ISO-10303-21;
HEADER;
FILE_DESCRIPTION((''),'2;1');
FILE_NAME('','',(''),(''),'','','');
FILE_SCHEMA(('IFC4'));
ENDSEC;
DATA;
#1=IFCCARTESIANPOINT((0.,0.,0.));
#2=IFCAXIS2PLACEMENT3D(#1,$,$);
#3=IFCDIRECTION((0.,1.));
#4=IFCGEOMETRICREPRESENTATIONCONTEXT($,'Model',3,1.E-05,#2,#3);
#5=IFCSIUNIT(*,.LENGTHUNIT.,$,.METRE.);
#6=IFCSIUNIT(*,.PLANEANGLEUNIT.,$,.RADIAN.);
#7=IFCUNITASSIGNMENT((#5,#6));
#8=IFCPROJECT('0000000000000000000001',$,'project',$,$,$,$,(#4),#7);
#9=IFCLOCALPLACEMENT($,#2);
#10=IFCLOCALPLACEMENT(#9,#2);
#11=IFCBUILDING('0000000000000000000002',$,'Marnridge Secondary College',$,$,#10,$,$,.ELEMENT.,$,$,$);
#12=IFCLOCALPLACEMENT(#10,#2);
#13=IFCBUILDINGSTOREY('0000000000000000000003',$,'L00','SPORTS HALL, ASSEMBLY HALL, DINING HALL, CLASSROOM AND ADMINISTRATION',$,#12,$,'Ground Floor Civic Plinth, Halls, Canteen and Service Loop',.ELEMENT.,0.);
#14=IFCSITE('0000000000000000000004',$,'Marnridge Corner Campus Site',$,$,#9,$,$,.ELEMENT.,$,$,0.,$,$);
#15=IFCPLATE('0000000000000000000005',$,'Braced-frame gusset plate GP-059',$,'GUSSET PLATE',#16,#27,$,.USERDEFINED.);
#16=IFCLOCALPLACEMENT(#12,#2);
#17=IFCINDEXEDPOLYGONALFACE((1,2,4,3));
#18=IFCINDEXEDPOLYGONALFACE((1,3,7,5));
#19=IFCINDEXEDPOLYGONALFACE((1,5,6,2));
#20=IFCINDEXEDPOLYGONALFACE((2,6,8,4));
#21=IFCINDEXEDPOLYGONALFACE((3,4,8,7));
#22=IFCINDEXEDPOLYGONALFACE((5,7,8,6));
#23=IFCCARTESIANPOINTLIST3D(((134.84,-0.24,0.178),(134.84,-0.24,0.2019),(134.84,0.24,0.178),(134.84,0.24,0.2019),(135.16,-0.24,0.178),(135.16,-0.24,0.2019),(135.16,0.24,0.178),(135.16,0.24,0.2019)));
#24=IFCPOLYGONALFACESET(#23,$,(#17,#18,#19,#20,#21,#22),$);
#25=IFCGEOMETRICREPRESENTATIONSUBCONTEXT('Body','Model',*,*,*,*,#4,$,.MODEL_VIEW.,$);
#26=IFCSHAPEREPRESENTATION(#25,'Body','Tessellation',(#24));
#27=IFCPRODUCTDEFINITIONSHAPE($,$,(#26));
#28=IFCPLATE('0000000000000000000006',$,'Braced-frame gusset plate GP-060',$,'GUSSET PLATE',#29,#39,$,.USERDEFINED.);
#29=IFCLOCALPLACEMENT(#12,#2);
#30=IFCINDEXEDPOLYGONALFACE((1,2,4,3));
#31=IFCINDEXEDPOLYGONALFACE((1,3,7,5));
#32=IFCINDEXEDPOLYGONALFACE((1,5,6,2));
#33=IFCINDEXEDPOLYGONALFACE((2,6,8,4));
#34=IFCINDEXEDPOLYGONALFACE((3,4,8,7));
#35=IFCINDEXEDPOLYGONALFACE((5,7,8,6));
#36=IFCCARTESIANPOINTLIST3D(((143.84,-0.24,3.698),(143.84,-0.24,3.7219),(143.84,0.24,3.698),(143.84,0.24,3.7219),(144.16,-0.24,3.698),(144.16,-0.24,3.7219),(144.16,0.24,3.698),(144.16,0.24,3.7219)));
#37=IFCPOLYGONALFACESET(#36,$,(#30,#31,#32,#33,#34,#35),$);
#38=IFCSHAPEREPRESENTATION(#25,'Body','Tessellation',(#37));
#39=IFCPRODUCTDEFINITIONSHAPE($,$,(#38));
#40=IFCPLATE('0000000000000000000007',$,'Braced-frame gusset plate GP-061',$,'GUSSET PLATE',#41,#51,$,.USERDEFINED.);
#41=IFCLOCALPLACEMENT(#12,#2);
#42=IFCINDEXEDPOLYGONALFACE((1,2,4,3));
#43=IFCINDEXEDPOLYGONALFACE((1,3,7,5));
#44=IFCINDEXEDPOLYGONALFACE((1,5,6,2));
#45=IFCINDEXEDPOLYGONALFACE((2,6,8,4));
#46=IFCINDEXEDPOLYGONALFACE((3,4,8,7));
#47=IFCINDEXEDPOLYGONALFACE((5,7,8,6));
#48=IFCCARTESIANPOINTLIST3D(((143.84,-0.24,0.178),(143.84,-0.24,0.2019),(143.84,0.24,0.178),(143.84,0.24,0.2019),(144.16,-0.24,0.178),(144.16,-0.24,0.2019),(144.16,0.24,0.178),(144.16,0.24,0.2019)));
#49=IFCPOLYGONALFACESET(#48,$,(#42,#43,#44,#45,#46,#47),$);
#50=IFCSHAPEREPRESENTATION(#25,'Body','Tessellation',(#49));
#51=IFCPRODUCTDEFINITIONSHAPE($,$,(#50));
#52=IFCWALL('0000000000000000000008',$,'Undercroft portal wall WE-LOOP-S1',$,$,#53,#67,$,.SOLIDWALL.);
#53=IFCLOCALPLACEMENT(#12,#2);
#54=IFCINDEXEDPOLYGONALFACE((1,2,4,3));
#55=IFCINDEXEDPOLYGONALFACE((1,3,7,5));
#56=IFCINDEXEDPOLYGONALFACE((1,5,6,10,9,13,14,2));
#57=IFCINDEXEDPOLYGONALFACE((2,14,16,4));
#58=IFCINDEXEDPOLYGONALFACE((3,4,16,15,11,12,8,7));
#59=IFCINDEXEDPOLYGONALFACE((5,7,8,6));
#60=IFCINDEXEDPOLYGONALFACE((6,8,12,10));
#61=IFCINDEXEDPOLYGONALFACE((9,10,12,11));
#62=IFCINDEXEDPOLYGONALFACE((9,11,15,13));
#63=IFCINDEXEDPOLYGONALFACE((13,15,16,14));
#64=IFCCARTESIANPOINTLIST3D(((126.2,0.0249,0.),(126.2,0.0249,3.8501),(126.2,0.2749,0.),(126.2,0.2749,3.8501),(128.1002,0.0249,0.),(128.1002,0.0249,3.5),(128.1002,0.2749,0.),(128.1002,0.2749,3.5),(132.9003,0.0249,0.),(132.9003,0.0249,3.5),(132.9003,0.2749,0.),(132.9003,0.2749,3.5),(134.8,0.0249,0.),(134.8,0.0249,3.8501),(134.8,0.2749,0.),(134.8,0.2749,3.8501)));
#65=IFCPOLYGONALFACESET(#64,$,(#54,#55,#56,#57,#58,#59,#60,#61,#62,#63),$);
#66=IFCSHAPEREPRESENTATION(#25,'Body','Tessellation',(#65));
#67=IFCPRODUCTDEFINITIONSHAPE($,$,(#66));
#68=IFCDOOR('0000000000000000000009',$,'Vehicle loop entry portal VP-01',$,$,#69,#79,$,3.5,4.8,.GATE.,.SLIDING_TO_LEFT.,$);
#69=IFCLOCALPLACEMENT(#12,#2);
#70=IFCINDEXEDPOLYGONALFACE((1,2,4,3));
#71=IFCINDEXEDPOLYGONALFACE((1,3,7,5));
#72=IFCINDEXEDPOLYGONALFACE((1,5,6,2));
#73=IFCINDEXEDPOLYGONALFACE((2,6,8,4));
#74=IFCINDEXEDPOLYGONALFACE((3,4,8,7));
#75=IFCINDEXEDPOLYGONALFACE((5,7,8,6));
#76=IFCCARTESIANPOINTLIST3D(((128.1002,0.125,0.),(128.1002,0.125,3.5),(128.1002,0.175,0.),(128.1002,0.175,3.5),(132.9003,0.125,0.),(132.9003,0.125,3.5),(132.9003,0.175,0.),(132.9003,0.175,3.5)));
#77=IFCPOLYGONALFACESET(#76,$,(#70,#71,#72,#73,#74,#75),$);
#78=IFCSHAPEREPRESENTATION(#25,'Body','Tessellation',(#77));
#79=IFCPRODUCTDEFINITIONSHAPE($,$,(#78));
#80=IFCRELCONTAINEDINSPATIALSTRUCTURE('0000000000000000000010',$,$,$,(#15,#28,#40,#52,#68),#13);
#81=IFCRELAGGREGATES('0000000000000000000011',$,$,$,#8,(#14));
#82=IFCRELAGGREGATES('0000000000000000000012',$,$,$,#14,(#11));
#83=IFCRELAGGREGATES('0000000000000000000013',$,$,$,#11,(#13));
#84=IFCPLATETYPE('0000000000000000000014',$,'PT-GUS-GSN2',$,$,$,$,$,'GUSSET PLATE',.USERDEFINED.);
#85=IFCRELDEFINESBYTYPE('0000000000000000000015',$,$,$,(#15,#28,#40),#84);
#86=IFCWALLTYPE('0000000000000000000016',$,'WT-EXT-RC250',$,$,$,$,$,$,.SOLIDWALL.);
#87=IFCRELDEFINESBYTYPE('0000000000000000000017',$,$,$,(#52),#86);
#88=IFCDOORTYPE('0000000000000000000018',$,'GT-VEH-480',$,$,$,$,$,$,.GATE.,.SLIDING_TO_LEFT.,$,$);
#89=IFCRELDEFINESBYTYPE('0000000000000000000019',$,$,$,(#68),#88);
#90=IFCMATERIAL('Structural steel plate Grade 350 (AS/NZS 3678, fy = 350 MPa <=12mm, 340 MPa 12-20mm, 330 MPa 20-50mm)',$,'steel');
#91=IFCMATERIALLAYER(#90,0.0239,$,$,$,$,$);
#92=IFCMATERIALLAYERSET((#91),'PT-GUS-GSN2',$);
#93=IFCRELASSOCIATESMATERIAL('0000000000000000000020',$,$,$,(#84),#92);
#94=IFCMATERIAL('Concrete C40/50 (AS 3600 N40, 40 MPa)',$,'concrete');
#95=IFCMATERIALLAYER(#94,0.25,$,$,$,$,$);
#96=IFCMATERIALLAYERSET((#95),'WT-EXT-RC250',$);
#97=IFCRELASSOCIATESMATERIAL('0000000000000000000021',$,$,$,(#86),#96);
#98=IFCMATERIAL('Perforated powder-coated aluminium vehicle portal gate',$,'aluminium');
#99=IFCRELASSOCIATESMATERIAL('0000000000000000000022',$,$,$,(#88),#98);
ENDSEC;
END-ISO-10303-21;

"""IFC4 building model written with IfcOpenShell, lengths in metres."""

from ifc_helpers import new_model, si_unit, direction, frame, frame_2d, origin, origin_2d, place, context, subcontext, project, spatial, rectangle, extrude, material, layer, layer_set, type_object, element, fill, save


model = new_model("IFC4")

# Units and contexts
model_context = context("Model", 3, precision=1e-05, world=origin(), true_north=direction((0.0, 1.0)))
body_context = subcontext(model_context, "Body", "Model", "MODEL_VIEW")
ifc_project = project(units=[si_unit("LENGTHUNIT", "METRE"), si_unit("PLANEANGLEUNIT", "RADIAN")], contexts=[model_context])

# Site, building, storey
site_placement = place(None, origin())
site = spatial("IfcSite", under=ifc_project, at=site_placement, Name="Marnridge Corner Campus Site", CompositionType="ELEMENT", RefElevation=0.0)
building_placement = place(site_placement, origin())
building = spatial("IfcBuilding", under=site, at=building_placement, Name="Marnridge Secondary College", CompositionType="ELEMENT")
storey_placement = place(building_placement, origin())
storey = spatial("IfcBuildingStorey", under=building, at=storey_placement, Name="L00", Description="SPORTS HALL, ASSEMBLY HALL, DINING HALL, CLASSROOM AND ADMINISTRATION", LongName="Ground Floor Civic Plinth, Halls, Canteen and Service Loop", CompositionType="ELEMENT", Elevation=0.0)

# Plates
ifc_material_1 = material(Name="Structural steel plate Grade 350 (AS/NZS 3678, fy = 350 MPa <=12mm, 340 MPa 12-20mm, 330 MPa 20-50mm)", Category="steel")
ifc_layer_1 = layer(ifc_material_1, 0.0239)
ifc_layer_set_1 = layer_set([ifc_layer_1], Name="PT-GUS-GSN2")
plate_type_1 = type_object("IfcPlateType", Name="PT-GUS-GSN2", ElementType="GUSSET PLATE", PredefinedType="USERDEFINED", material=ifc_layer_set_1)
for number, where, z_axis, x_axis, name in (
    (1, (135.0, 0.0, 0.178), (0.0, 0.0, 1.0), (0.0, 1.0, 0.0), "Braced-frame gusset plate GP-059"),
    (2, (144.0, 0.0, 3.698), (0.0, 0.0, 1.0), (0.0, 1.0, 0.0), "Braced-frame gusset plate GP-060"),
    (3, (144.0, 0.0, 0.178), (0.0, 0.0, 1.0), (0.0, 1.0, 0.0), "Braced-frame gusset plate GP-061"),
):
    element("IfcPlate", number, at=place(storey_placement, frame(where, z_axis=z_axis, x_axis=x_axis)), inside=storey, type_object=plate_type_1, Name=name, ObjectType="GUSSET PLATE", PredefinedType="USERDEFINED", context=body_context, shape_type="SweptSolid", body=[
        extrude(rectangle(XDim=0.48, YDim=0.3201, at=origin_2d()), origin(), (0.0, 0.0, 1.0), 0.0239),
    ])

# Wall, opening, door
ifc_material_2 = material(Name="Concrete C40/50 (AS 3600 N40, 40 MPa)", Category="concrete")
ifc_layer_2 = layer(ifc_material_2, 0.25)
ifc_layer_set_2 = layer_set([ifc_layer_2], Name="WT-EXT-RC250")
wall_type = type_object("IfcWallType", Name="WT-EXT-RC250", PredefinedType="SOLIDWALL", material=ifc_layer_set_2)
wall_placement = place(storey_placement, frame((134.8, 0.1499, 0.0), z_axis=(0.0, 0.0, 1.0), x_axis=(-1.0, 0.0, 0.0)))
wall = element("IfcWall", 4, at=wall_placement, inside=storey, type_object=wall_type, Name="Undercroft portal wall WE-LOOP-S1", PredefinedType="SOLIDWALL", context=body_context, shape_type="SweptSolid", body=[
    extrude(rectangle(XDim=8.6001, YDim=0.25, at=frame_2d((4.3, 0.0))), origin(), (0.0, 0.0, 1.0), 3.8501),
])
opening_placement = place(wall_placement, frame((1.8999, 0.0, 0.0)))
opening = element("IfcOpeningElement", 5, at=opening_placement, cuts=wall, PredefinedType="OPENING", context=body_context, shape_type="SweptSolid", body=[
    extrude(rectangle(XDim=4.8, YDim=3.5, at=frame_2d((2.3999, 1.75))), frame((0.0, 0.135, 0.0), z_axis=(0.0, -1.0, 0.0), x_axis=(1.0, 0.0, 0.0)), (0.0, 0.0, 1.0), 0.27),
])
ifc_material_3 = material(Name="Perforated powder-coated aluminium vehicle portal gate", Category="aluminium")
door_type = type_object("IfcDoorType", Name="GT-VEH-480", OperationType="SLIDING_TO_LEFT", PredefinedType="GATE", material=ifc_material_3)
door_placement = place(opening_placement, origin())
door = element("IfcDoor", 6, at=door_placement, inside=storey, type_object=door_type, Name="Vehicle loop entry portal VP-01", OperationType="SLIDING_TO_LEFT", OverallHeight=3.5, OverallWidth=4.8, PredefinedType="GATE", context=body_context, shape_type="SweptSolid", body=[
    extrude(rectangle(XDim=4.8, YDim=3.5, at=frame_2d((2.3999, 1.75))), frame((0.0, 0.0249, 0.0), z_axis=(0.0, -1.0, 0.0), x_axis=(1.0, 0.0, 0.0)), (0.0, 0.0, 1.0), 0.05),
])
fill(opening, door)

save(model, "model.ifc")
